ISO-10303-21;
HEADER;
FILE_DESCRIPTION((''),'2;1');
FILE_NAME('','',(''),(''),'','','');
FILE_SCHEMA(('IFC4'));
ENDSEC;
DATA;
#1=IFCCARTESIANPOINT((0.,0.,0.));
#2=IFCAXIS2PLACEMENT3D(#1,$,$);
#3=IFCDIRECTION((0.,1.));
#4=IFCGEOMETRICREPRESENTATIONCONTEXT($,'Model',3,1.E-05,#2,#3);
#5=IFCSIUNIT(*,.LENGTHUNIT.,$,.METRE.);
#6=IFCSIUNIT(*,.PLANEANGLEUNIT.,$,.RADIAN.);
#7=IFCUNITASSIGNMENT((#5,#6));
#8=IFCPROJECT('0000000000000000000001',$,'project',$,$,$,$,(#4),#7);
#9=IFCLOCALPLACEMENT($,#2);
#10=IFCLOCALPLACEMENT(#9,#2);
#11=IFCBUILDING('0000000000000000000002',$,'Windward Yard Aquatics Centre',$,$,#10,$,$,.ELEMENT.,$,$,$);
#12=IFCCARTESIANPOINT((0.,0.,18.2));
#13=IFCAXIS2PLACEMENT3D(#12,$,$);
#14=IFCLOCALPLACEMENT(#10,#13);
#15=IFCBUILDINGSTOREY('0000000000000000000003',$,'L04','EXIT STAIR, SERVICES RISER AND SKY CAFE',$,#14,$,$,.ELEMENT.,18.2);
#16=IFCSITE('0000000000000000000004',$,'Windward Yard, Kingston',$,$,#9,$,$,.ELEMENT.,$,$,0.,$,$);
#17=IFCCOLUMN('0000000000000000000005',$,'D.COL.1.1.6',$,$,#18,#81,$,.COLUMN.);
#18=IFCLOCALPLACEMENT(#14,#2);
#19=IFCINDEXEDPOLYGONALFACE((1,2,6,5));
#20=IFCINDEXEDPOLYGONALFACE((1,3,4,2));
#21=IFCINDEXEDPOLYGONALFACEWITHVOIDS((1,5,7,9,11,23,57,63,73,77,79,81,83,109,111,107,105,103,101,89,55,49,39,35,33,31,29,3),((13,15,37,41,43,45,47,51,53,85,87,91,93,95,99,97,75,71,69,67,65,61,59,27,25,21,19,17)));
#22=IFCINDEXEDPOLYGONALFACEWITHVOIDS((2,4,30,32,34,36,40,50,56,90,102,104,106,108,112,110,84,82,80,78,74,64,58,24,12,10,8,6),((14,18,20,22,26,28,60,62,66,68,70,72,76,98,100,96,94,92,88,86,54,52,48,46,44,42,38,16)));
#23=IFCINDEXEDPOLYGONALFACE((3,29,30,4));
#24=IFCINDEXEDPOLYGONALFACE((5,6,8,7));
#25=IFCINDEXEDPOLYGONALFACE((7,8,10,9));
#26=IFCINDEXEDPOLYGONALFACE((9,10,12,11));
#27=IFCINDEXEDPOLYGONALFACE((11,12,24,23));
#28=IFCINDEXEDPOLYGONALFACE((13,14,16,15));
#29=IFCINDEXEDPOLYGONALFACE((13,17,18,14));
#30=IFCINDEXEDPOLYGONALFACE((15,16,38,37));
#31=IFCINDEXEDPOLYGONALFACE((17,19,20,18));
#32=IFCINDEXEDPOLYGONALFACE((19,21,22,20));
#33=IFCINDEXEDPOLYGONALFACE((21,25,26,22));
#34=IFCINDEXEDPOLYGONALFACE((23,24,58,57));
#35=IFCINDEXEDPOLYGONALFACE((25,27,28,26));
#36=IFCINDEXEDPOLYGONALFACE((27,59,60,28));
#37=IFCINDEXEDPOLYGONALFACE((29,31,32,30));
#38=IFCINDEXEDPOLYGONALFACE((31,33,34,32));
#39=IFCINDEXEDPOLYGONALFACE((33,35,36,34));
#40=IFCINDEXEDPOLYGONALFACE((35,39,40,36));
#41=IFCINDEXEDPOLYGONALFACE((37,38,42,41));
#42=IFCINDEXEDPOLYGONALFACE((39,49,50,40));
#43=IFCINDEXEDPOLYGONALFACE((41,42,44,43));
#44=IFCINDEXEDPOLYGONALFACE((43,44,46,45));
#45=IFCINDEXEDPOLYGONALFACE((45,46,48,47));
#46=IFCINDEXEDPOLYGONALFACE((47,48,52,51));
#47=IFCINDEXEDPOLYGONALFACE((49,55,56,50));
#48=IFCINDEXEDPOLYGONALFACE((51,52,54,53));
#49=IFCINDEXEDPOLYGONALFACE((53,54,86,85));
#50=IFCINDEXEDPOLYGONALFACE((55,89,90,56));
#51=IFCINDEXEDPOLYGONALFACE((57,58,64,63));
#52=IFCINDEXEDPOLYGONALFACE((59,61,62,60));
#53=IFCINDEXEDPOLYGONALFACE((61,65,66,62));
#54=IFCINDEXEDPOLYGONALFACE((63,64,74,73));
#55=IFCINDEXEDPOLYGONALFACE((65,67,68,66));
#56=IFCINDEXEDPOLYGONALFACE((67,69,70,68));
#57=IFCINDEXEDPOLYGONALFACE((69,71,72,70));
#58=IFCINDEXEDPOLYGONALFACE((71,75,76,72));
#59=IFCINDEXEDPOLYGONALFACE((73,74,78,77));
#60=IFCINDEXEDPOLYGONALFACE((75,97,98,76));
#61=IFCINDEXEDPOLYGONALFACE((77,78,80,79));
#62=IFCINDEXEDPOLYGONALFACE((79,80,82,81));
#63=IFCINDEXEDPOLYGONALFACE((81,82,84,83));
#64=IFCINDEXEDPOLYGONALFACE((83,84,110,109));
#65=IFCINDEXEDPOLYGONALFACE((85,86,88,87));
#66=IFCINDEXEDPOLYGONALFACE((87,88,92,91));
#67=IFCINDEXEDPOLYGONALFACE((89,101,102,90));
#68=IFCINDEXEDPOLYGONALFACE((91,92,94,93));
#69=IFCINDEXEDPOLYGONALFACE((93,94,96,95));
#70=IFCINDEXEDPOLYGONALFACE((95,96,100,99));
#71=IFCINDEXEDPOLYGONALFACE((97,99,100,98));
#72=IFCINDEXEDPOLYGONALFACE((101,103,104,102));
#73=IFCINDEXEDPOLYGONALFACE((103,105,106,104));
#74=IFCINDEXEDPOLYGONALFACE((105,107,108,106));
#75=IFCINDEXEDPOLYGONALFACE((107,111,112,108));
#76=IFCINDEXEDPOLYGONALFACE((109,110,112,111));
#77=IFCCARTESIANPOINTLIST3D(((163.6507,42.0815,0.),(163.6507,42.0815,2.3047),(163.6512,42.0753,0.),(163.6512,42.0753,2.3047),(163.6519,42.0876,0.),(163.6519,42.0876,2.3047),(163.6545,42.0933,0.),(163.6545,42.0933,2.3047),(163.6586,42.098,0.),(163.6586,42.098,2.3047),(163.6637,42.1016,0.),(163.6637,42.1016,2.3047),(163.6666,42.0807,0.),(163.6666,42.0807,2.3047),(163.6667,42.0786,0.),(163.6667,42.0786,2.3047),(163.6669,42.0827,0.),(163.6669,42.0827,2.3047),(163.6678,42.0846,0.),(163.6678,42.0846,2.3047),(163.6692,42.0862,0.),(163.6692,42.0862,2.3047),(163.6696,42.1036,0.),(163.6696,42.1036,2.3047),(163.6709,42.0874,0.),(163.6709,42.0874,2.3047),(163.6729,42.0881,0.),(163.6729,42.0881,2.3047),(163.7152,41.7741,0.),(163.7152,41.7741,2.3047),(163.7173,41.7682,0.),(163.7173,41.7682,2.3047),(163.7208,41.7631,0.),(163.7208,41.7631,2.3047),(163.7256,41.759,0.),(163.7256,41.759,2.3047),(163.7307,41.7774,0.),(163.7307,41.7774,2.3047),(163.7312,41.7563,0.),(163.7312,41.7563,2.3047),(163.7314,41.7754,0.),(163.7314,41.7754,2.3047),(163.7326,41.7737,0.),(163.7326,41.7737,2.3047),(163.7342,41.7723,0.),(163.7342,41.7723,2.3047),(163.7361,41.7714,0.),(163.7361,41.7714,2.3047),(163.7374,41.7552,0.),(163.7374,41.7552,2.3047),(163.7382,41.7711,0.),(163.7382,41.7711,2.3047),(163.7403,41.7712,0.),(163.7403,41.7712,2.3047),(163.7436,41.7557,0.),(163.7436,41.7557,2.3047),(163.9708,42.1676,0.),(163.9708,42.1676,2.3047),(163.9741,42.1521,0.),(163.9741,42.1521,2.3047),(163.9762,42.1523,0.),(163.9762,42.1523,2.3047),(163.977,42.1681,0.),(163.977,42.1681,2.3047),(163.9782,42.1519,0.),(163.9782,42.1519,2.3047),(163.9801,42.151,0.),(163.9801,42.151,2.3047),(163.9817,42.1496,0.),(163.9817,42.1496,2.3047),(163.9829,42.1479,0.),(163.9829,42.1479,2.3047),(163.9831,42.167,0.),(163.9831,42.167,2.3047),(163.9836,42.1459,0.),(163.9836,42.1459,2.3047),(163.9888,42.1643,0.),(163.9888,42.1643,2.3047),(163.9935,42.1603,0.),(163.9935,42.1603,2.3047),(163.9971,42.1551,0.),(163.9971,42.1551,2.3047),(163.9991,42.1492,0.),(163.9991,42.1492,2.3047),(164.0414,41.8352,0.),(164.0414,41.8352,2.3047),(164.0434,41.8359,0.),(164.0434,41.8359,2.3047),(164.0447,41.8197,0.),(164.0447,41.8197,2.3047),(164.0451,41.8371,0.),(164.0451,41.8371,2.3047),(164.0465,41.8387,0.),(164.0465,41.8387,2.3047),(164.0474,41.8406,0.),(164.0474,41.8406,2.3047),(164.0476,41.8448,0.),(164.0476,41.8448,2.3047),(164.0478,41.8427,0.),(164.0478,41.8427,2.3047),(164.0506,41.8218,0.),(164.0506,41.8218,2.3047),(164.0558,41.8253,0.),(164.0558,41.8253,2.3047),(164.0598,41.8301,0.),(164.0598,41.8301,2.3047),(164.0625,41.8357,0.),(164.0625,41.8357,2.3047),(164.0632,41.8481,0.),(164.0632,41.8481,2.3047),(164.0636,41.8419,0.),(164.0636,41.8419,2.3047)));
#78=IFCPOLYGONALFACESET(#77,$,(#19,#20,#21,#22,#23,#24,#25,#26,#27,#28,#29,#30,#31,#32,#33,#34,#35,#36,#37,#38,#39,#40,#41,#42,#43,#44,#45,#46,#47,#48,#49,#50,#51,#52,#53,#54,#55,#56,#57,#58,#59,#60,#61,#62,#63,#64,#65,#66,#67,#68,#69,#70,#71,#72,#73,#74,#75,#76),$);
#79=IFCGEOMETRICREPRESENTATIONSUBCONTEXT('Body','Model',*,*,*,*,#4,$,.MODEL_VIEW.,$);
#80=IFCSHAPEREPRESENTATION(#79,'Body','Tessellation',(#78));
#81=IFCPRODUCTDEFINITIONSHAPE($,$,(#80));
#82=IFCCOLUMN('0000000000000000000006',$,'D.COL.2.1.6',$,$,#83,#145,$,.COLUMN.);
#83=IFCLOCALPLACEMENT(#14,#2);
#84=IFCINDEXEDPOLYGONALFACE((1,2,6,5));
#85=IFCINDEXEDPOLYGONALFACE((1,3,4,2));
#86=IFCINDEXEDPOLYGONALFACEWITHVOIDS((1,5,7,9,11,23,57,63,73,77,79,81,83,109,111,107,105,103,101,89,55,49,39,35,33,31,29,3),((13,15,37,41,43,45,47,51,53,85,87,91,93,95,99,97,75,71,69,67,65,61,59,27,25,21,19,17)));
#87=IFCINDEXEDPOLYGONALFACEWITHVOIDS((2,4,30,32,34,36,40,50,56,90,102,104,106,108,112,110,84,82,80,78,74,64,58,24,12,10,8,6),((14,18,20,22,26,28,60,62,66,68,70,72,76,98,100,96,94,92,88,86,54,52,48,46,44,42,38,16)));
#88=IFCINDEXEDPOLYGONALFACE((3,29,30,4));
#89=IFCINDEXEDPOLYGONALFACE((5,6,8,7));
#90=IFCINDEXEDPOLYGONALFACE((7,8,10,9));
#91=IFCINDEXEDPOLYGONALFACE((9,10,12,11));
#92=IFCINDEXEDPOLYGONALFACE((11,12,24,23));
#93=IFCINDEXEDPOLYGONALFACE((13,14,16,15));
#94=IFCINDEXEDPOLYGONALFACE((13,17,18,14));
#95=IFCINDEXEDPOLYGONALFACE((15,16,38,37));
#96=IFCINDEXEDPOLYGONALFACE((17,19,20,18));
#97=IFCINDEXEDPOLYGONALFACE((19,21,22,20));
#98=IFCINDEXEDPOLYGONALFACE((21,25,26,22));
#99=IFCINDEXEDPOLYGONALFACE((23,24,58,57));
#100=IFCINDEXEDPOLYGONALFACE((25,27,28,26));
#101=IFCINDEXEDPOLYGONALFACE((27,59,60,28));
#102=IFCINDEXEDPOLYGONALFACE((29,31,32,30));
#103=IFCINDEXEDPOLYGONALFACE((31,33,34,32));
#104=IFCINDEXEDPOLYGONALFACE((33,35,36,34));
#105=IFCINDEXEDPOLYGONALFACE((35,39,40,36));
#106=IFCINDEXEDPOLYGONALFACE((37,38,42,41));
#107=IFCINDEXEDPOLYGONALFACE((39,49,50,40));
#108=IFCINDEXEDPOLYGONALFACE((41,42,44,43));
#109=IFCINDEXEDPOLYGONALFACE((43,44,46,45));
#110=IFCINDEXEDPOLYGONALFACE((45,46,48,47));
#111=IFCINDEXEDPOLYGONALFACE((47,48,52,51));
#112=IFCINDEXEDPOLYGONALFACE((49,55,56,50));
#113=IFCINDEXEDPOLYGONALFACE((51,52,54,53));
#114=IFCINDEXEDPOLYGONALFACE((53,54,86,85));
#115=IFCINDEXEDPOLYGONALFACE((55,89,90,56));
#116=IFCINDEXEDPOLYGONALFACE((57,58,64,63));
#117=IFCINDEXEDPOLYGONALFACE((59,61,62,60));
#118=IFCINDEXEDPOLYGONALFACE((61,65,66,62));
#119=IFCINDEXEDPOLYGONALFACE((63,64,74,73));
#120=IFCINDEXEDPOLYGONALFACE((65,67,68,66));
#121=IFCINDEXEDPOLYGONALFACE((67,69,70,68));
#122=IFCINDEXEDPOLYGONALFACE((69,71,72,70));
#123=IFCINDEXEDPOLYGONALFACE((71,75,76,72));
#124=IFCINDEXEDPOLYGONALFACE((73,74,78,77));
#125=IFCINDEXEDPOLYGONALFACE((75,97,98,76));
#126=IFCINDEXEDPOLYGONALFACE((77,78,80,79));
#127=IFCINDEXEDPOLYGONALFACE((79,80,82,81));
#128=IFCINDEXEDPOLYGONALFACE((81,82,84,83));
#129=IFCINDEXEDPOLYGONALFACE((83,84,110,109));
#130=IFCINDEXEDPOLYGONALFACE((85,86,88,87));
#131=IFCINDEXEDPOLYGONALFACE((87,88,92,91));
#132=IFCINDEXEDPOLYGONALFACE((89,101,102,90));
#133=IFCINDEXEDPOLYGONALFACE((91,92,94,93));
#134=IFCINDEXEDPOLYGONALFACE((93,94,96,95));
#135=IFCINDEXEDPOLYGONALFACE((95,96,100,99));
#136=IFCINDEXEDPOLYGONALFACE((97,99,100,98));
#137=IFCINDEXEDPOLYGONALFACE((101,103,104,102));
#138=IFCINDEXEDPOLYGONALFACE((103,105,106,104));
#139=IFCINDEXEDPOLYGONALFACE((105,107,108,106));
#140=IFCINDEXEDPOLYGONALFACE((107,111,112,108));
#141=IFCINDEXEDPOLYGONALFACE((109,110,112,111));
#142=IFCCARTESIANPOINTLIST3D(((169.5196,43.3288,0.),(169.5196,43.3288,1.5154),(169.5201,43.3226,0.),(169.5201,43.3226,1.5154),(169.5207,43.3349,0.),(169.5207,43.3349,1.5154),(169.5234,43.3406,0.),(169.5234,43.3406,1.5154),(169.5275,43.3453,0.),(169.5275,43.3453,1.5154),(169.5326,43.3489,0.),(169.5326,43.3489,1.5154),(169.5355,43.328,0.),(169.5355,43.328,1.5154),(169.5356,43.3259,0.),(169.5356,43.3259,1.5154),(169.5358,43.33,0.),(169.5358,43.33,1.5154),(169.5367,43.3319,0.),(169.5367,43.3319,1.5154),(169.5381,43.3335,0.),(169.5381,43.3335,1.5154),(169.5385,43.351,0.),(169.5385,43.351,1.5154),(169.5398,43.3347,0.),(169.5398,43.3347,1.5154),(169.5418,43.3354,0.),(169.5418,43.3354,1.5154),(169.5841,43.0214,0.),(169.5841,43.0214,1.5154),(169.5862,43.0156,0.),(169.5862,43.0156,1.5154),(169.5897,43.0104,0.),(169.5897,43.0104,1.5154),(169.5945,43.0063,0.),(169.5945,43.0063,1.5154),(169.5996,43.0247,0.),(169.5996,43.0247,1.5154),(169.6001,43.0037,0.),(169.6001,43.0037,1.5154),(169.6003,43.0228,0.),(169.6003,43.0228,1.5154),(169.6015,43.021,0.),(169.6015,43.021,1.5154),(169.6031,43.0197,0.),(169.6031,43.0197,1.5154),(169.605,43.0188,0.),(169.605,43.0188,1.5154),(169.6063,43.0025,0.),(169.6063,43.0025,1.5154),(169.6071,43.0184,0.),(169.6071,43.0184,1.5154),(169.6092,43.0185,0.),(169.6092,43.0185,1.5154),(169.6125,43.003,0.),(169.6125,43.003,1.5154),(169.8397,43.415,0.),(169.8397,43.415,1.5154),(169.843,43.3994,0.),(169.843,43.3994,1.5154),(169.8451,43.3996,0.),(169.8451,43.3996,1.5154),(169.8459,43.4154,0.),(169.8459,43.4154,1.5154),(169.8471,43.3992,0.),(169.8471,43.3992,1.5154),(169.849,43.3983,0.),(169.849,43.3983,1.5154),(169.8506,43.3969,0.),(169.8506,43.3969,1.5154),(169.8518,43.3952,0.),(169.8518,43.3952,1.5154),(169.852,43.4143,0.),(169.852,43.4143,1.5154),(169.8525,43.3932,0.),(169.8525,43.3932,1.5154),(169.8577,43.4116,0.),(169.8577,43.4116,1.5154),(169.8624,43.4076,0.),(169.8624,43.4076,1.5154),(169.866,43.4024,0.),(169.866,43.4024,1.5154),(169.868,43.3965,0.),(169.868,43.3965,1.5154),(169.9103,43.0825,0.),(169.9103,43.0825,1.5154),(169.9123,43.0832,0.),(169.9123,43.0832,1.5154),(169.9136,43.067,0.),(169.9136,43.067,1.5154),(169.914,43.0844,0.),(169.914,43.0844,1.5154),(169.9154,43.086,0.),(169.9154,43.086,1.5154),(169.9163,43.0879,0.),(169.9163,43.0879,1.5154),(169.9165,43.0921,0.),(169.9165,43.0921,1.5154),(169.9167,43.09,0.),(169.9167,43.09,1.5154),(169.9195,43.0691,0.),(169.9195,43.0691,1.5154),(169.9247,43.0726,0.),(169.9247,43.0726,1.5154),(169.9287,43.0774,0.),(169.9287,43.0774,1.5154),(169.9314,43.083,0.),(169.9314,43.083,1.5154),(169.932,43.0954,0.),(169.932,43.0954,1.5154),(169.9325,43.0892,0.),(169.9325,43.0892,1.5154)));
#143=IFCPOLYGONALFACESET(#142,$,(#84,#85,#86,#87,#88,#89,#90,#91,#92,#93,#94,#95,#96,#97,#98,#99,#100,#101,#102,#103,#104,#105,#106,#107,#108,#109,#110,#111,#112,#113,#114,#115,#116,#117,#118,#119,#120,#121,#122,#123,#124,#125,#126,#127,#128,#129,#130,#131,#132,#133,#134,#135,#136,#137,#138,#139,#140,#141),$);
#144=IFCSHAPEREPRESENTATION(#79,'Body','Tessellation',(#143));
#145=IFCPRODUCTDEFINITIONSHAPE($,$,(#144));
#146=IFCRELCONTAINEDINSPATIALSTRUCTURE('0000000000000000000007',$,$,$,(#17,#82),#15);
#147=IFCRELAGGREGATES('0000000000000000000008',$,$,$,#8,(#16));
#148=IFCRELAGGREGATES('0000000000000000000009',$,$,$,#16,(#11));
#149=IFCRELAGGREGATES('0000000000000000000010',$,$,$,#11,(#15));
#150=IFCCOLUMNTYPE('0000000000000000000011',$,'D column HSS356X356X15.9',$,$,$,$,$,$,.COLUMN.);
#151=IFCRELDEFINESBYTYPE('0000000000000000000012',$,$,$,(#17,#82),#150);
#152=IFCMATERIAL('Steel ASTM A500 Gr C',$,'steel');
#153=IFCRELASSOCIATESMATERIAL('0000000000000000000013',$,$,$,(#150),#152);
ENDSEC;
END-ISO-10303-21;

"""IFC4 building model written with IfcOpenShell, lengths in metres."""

from ifc_helpers import new_model, si_unit, direction, frame, origin, origin_2d, place, context, subcontext, project, spatial, hollow_rectangle, extrude, material, material_profile, profile_set, type_object, element, save


model = new_model("IFC4")

# Units and contexts
model_context = context("Model", 3, precision=1e-05, world=origin(), true_north=direction((0.0, 1.0)))
body_context = subcontext(model_context, "Body", "Model", "MODEL_VIEW")
ifc_project = project(units=[si_unit("LENGTHUNIT", "METRE"), si_unit("PLANEANGLEUNIT", "RADIAN")], contexts=[model_context])

# Site, building, storey
site_placement = place(None, origin())
site = spatial("IfcSite", under=ifc_project, at=site_placement, Name="Windward Yard, Kingston", CompositionType="ELEMENT", RefElevation=0.0)
building_placement = place(site_placement, origin())
building = spatial("IfcBuilding", under=site, at=building_placement, Name="Windward Yard Aquatics Centre", CompositionType="ELEMENT")
storey_placement = place(building_placement, frame((0.0, 0.0, 18.2)))
storey = spatial("IfcBuildingStorey", under=building, at=storey_placement, Name="L04", Description="EXIT STAIR, SERVICES RISER AND SKY CAFE", CompositionType="ELEMENT", Elevation=18.2)

# Columns
ifc_material_1 = material(Name="Steel ASTM A500 Gr C", Category="steel")
ifc_material_profile_1 = material_profile(ifc_material_1, hollow_rectangle(XDim=0.3557, YDim=0.3557, WallThickness=0.0159, InnerFilletRadius=0.0081, OuterFilletRadius=0.0239, at=origin_2d()), Name="HSS356X356X15.9")
ifc_profile_set_1 = profile_set([ifc_material_profile_1], Name="Steel ASTM A500 Gr C")
column_type = type_object("IfcColumnType", Name="D column HSS356X356X15.9", PredefinedType="COLUMN", material=ifc_profile_set_1)
column_1_placement = place(storey_placement, frame((163.8572, 41.9617, 0.0), z_axis=(0.0, 0.0, 1.0), x_axis=(0.978148, 0.207912, 0.0)))
element("IfcColumn", 1, at=column_1_placement, inside=storey, type_object=column_type, Name="D.COL.1.1.6", PredefinedType="COLUMN", context=body_context, shape_type="SweptSolid", body=[
    extrude(hollow_rectangle(XDim=0.3557, YDim=0.3557, WallThickness=0.0159, InnerFilletRadius=0.0081, OuterFilletRadius=0.0239, at=origin_2d()), origin(), (0.0, 0.0, 1.0), 2.3047),
])
column_2_placement = place(storey_placement, frame((169.7261, 43.209, 0.0), z_axis=(0.0, 0.0, 1.0), x_axis=(0.978148, 0.207912, 0.0)))
element("IfcColumn", 2, at=column_2_placement, inside=storey, type_object=column_type, Name="D.COL.2.1.6", PredefinedType="COLUMN", context=body_context, shape_type="SweptSolid", body=[
    extrude(hollow_rectangle(XDim=0.3557, YDim=0.3557, WallThickness=0.0159, InnerFilletRadius=0.0081, OuterFilletRadius=0.0239, at=origin_2d()), origin(), (0.0, 0.0, 1.0), 1.5154),
])

save(model, "model.ifc")
